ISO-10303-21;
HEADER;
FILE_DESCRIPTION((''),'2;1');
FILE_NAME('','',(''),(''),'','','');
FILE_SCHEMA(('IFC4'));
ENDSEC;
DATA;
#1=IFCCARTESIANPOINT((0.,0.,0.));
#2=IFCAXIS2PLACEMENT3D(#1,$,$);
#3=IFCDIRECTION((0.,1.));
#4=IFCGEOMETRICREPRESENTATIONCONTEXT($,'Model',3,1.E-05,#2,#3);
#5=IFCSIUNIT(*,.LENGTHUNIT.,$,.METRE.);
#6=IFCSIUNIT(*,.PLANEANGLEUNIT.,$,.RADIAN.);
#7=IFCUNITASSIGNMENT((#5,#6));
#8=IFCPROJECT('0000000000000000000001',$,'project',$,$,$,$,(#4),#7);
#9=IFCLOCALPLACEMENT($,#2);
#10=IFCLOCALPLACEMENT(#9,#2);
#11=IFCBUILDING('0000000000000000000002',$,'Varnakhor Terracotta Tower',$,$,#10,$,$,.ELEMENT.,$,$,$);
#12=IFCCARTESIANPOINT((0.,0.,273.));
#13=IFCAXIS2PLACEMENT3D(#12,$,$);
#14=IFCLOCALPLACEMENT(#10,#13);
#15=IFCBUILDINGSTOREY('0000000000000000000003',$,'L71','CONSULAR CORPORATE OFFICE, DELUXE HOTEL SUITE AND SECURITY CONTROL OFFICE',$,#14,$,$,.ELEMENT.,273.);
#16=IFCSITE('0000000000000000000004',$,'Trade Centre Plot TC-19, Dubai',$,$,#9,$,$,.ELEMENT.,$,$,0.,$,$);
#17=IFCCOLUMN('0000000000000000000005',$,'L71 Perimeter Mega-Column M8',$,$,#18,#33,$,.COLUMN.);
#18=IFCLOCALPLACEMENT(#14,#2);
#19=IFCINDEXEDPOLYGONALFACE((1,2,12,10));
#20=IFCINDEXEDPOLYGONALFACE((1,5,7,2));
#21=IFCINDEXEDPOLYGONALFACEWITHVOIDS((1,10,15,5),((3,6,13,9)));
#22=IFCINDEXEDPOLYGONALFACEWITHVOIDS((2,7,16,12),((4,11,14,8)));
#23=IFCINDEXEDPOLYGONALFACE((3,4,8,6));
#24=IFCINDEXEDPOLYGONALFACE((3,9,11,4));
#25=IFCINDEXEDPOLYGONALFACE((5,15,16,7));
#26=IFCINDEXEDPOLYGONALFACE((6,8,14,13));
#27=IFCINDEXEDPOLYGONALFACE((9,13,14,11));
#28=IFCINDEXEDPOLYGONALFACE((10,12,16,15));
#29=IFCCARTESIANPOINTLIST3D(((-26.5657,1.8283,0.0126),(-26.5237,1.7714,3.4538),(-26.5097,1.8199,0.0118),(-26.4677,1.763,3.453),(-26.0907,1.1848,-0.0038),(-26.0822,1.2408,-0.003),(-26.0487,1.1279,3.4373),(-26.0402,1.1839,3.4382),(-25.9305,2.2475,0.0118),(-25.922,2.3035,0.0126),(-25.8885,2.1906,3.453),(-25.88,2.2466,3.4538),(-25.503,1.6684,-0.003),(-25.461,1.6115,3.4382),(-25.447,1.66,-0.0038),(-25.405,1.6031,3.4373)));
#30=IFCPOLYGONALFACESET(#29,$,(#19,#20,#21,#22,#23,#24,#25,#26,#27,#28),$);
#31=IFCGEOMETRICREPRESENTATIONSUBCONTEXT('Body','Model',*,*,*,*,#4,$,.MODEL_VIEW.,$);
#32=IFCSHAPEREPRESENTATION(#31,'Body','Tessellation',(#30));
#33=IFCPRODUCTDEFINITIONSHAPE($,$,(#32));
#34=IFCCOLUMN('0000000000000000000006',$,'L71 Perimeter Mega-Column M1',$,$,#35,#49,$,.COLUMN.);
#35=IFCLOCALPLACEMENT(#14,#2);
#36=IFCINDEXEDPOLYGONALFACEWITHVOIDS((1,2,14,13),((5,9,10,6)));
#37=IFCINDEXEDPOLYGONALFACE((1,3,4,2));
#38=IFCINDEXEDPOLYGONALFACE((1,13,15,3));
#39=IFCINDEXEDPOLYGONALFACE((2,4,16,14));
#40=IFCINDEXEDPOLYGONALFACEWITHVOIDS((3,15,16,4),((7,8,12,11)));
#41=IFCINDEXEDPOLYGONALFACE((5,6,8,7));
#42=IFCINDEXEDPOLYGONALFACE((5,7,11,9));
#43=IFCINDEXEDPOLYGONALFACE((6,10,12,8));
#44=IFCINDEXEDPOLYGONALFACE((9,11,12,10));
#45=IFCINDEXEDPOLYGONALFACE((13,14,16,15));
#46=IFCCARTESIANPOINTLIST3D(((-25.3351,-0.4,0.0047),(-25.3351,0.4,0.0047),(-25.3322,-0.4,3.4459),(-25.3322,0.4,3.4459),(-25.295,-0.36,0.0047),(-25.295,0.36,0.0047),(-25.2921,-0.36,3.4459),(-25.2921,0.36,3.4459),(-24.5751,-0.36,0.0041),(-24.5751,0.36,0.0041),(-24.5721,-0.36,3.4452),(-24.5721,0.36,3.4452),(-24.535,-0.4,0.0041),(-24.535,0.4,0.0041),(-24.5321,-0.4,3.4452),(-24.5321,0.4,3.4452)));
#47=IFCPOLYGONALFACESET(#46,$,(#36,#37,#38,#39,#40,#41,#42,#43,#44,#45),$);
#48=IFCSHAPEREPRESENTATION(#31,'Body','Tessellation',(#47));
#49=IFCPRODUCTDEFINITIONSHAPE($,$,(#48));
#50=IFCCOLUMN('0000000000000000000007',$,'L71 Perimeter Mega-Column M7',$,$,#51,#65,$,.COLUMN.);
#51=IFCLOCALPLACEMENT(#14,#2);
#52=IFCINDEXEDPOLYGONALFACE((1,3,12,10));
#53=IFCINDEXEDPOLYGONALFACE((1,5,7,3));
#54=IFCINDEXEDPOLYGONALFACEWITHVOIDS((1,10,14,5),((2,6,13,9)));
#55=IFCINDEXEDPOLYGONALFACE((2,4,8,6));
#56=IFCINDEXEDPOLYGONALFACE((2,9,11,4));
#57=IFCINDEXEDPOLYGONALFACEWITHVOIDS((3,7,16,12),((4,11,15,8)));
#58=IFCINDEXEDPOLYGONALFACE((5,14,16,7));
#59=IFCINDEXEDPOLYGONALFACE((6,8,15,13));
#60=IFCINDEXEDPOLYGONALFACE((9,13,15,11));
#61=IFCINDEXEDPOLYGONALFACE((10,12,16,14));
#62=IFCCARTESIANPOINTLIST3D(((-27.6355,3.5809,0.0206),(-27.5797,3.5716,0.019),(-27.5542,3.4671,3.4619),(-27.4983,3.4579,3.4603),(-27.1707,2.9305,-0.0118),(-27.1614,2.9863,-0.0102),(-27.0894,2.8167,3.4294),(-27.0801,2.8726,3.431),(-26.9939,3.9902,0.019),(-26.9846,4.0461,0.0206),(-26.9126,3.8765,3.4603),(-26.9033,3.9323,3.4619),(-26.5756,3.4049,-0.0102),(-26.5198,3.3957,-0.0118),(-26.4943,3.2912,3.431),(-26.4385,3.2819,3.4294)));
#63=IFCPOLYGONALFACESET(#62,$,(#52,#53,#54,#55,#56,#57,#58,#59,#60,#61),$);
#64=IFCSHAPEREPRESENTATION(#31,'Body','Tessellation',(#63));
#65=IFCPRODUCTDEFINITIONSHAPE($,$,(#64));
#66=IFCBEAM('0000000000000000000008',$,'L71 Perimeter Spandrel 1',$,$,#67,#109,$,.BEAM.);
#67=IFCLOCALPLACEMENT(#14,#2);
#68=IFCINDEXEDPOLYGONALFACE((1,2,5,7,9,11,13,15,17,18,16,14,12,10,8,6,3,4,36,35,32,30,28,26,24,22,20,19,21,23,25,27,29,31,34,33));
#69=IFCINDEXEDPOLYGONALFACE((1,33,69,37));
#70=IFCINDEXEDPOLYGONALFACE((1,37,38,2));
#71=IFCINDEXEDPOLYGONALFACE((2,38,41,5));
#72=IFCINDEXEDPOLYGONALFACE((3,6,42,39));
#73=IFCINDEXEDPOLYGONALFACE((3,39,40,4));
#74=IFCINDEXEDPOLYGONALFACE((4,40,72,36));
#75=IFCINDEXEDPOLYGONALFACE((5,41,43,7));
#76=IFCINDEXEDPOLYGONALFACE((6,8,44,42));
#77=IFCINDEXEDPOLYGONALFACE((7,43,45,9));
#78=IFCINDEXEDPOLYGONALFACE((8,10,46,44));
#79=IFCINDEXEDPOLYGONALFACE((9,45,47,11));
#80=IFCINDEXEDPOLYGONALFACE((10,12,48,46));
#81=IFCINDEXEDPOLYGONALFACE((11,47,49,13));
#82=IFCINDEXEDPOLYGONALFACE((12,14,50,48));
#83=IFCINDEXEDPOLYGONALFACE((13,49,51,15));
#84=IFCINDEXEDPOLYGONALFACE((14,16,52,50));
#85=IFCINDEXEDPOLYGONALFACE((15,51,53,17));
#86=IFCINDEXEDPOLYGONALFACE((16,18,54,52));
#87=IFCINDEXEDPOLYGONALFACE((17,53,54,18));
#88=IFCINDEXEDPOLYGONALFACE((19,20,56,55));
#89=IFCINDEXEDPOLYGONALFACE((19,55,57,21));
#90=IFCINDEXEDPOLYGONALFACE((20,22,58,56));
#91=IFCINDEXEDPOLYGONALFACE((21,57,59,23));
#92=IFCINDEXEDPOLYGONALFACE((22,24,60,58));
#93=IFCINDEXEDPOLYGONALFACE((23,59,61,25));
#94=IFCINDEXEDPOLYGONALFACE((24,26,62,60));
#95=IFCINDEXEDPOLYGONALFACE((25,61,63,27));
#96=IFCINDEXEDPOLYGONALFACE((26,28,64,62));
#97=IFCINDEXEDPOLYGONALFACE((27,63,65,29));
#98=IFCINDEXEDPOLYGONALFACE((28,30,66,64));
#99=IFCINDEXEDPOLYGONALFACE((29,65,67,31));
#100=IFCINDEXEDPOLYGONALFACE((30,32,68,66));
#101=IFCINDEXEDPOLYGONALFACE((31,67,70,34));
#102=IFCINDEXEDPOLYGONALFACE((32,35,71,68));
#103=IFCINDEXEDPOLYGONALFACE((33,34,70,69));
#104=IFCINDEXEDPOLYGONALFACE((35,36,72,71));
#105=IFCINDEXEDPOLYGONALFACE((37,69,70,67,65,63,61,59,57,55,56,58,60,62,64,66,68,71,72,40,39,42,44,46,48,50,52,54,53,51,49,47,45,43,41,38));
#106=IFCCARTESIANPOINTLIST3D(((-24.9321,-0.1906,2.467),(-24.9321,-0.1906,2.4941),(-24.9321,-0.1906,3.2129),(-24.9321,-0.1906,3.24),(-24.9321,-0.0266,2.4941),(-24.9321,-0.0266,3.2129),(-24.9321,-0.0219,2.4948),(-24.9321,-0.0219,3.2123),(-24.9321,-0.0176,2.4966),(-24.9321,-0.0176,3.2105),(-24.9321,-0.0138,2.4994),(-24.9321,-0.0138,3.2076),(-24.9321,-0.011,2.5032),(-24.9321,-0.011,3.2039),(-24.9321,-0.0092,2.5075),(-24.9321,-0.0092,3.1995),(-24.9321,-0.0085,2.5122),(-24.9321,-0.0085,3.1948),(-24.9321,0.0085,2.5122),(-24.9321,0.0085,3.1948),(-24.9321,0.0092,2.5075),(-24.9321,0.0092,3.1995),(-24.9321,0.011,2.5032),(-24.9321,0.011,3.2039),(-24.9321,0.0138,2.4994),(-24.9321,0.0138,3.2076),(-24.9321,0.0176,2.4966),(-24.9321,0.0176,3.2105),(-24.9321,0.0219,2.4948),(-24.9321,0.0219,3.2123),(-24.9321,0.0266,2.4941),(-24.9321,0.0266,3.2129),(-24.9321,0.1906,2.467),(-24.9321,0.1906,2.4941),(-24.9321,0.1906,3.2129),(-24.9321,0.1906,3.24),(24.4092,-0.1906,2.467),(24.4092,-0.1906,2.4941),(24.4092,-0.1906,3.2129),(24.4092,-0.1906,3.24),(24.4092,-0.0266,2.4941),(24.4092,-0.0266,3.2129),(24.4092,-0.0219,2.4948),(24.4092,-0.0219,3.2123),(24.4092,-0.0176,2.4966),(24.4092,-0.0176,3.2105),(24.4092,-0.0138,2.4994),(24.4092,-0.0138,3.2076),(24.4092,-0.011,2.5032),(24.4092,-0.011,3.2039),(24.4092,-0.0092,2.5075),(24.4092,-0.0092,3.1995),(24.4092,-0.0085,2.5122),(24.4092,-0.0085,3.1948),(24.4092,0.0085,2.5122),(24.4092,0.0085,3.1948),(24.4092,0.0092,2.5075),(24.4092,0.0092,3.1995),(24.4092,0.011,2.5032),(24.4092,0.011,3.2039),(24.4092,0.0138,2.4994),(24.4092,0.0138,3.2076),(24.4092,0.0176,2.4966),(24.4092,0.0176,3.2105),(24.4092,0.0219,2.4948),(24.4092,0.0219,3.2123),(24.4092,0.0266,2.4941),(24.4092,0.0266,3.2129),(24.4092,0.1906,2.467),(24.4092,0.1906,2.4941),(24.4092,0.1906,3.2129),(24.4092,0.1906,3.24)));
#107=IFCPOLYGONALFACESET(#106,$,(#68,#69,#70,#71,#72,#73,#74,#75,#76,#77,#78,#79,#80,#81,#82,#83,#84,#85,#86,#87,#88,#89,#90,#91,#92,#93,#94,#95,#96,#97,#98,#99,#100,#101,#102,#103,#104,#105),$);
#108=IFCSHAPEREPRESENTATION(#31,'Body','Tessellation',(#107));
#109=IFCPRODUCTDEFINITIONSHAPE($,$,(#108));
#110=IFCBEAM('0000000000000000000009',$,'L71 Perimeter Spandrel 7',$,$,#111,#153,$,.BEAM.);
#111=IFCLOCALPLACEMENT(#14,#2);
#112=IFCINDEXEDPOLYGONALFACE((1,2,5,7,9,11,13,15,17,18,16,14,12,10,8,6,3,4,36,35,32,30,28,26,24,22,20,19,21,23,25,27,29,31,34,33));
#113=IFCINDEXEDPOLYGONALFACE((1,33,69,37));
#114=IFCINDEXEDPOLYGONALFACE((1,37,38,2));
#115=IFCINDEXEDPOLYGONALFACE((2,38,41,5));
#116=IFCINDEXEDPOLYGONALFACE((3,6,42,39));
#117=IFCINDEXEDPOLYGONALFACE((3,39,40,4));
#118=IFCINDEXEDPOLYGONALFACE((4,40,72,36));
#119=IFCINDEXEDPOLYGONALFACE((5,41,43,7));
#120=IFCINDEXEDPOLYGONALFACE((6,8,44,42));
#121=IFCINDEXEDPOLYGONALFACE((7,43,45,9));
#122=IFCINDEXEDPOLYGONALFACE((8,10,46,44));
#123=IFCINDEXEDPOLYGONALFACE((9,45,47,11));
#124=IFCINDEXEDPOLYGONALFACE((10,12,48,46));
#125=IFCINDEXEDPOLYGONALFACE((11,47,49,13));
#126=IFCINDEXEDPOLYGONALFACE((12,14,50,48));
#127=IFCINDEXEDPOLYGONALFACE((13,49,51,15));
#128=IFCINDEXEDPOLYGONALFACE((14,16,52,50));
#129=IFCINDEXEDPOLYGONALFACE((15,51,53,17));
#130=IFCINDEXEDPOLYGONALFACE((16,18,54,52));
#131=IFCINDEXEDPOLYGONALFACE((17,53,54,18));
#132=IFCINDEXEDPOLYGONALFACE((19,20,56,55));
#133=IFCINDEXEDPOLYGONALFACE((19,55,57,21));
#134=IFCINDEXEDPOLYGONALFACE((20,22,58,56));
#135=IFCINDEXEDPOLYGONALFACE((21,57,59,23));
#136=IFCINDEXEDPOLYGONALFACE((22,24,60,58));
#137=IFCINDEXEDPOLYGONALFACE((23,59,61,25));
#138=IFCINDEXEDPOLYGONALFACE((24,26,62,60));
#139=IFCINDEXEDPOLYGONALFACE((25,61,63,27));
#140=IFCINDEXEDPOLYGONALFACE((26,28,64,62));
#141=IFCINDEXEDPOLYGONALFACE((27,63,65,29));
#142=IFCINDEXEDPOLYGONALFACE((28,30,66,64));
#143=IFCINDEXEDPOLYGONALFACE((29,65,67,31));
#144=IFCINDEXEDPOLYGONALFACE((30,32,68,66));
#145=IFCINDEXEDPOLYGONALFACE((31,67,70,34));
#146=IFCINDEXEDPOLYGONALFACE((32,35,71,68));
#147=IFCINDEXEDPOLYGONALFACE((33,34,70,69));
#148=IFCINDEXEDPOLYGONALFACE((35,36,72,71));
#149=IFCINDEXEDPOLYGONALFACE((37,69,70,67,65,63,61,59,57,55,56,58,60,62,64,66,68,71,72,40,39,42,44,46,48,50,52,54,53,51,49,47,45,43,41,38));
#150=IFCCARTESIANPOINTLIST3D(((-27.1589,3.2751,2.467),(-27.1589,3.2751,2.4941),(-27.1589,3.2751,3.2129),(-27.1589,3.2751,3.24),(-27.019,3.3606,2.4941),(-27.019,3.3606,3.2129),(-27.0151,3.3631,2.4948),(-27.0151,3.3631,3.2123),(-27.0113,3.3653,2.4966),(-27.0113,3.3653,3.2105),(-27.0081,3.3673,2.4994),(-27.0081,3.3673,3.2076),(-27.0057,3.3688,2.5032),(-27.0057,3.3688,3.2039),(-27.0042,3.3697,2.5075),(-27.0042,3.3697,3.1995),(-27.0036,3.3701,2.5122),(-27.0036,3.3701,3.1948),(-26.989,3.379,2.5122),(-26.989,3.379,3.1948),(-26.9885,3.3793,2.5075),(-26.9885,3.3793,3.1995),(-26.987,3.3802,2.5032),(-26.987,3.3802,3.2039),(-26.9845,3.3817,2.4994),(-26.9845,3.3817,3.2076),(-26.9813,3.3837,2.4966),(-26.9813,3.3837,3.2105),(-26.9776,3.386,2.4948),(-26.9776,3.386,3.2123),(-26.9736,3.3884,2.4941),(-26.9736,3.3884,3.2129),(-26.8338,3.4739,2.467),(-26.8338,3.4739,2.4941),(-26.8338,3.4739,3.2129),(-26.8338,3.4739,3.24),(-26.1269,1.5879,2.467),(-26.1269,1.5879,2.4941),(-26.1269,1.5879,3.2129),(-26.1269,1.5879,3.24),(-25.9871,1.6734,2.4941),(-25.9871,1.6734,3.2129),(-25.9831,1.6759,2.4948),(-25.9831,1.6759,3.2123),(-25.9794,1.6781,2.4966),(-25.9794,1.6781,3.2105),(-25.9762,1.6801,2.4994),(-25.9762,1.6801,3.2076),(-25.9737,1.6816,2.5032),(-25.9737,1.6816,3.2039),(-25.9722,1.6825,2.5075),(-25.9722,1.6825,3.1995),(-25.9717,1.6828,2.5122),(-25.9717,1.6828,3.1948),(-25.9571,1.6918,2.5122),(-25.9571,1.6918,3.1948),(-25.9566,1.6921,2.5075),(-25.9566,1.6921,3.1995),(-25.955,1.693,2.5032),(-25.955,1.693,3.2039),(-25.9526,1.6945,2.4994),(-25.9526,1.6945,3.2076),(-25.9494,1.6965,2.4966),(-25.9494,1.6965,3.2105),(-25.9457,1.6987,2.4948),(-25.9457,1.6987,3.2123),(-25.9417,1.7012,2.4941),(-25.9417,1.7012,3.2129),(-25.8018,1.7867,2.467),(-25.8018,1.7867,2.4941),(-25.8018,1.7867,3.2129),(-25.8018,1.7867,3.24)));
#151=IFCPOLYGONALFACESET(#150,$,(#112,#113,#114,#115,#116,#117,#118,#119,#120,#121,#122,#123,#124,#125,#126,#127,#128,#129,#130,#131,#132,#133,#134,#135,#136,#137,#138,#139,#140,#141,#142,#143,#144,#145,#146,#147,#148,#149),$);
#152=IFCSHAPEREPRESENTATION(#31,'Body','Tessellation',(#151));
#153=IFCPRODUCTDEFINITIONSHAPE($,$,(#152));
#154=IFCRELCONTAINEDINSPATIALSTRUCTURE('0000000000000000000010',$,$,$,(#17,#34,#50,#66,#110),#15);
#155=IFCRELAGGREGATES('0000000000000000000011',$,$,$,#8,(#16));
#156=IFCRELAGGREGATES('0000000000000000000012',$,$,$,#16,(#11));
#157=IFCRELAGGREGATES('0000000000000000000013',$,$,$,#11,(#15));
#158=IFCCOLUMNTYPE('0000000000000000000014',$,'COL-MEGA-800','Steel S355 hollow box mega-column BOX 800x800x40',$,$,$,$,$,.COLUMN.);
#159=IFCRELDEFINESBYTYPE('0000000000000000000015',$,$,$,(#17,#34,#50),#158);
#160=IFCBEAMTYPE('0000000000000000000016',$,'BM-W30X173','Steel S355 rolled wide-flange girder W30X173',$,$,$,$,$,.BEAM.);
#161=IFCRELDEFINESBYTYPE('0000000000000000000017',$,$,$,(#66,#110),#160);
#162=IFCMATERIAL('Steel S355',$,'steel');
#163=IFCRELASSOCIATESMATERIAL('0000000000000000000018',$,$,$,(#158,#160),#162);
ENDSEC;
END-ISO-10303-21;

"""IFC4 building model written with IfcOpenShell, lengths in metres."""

from ifc_helpers import new_model, si_unit, direction, frame, origin, origin_2d, place, context, subcontext, project, spatial, hollow_rectangle, i_section, extrude, source, transform, mapped, material, material_profile, profile_set, type_object, element, save


model = new_model("IFC4")

# Units and contexts
model_context = context("Model", 3, precision=1e-05, world=origin(), true_north=direction((0.0, 1.0)))
body_context = subcontext(model_context, "Body", "Model", "MODEL_VIEW")
ifc_project = project(units=[si_unit("LENGTHUNIT", "METRE"), si_unit("PLANEANGLEUNIT", "RADIAN")], contexts=[model_context])

# Site, building, storey
site_placement = place(None, origin())
site = spatial("IfcSite", under=ifc_project, at=site_placement, Name="Trade Centre Plot TC-19, Dubai", CompositionType="ELEMENT", RefElevation=0.0)
building_placement = place(site_placement, origin())
building = spatial("IfcBuilding", under=site, at=building_placement, Name="Varnakhor Terracotta Tower", CompositionType="ELEMENT")
storey_placement = place(building_placement, frame((0.0, 0.0, 273.0)))
storey = spatial("IfcBuildingStorey", under=building, at=storey_placement, Name="L71", Description="CONSULAR CORPORATE OFFICE, DELUXE HOTEL SUITE AND SECURITY CONTROL OFFICE", CompositionType="ELEMENT", Elevation=273.0)

# Columns
ifc_material_1 = material(Name="Steel S355", Category="steel")
ifc_material_profile_1 = material_profile(ifc_material_1, hollow_rectangle(XDim=0.8, YDim=0.8, WallThickness=0.04, at=origin_2d()), Name="BOX 800x800x40")
ifc_profile_set_1 = profile_set([ifc_material_profile_1], Name="Steel S355")
column_type = type_object("IfcColumnType", Name="COL-MEGA-800", Description="Steel S355 hollow box mega-column BOX 800x800x40", PredefinedType="COLUMN", material=ifc_profile_set_1)
shared_shape_1 = source(origin(), body_context, "Body", "SweptSolid", [
    extrude(hollow_rectangle(XDim=0.8, YDim=0.8, WallThickness=0.04, at=origin_2d()), origin(), (0.0, 0.0, 1.0), 3.4419),
])
column_1_placement = place(storey_placement, frame((-26.0063, 1.7441, 0.0044), z_axis=(0.0122, -0.016527, 0.999789), x_axis=(0.804535, 0.593906, 0.0)))
element("IfcColumn", 1, at=column_1_placement, inside=storey, type_object=column_type, Name="L71 Perimeter Mega-Column M8", PredefinedType="COLUMN", context=body_context, shape_type="MappedRepresentation", body=[
    mapped(shared_shape_1, transform((0.0, 0.0, 0.0), scale=1.0)),
])
shared_shape_2 = source(origin(), body_context, "Body", "SweptSolid", [
    extrude(hollow_rectangle(XDim=0.8, YDim=0.8, WallThickness=0.04, at=origin_2d()), origin(), (0.0, 0.0, 1.0), 3.4412),
])
column_2_placement = place(storey_placement, frame((-24.9351, 0.0, 0.0044), z_axis=(0.000851, 0.0, 1.0), x_axis=(1.0, 0.0, 0.0)))
element("IfcColumn", 2, at=column_2_placement, inside=storey, type_object=column_type, Name="L71 Perimeter Mega-Column M1", PredefinedType="COLUMN", context=body_context, shape_type="MappedRepresentation", body=[
    mapped(shared_shape_2, transform((0.0, 0.0, 0.0), scale=1.0)),
])
shared_shape_3 = source(origin(), body_context, "Body", "SweptSolid", [
    extrude(hollow_rectangle(XDim=0.8, YDim=0.8, WallThickness=0.04, at=origin_2d()), origin(), (0.0, 0.0, 1.0), 3.4441),
])
column_3_placement = place(storey_placement, frame((-27.0776, 3.4883, 0.0044), z_axis=(0.023606, -0.033034, 0.999175), x_axis=(0.813615, 0.581403, 0.0)))
element("IfcColumn", 3, at=column_3_placement, inside=storey, type_object=column_type, Name="L71 Perimeter Mega-Column M7", PredefinedType="COLUMN", context=body_context, shape_type="MappedRepresentation", body=[
    mapped(shared_shape_3, transform((0.0, 0.0, 0.0), scale=1.0)),
])

# Beams
ifc_material_profile_2 = material_profile(ifc_material_1, i_section(OverallWidth=0.3811, OverallDepth=0.7729, WebThickness=0.0171, FlangeThickness=0.0271, FilletRadius=0.0181, at=origin_2d()), Name="W30X173")
ifc_profile_set_2 = profile_set([ifc_material_profile_2], Name="Steel S355")
beam_type_1 = type_object("IfcBeamType", Name="BM-W30X173", Description="Steel S355 rolled wide-flange girder W30X173", PredefinedType="BEAM", material=ifc_profile_set_2)
shared_shape_4 = source(origin(), body_context, "Body", "SweptSolid", [
    extrude(i_section(OverallWidth=0.3811, OverallDepth=0.7729, WebThickness=0.0171, FlangeThickness=0.0271, FilletRadius=0.0181, at=origin_2d()), origin(), (0.0, 0.0, 1.0), 49.3413),
])
beam_1_placement = place(storey_placement, frame((-24.9321, 0.0, 2.8535), z_axis=(1.0, 0.0, 0.0), x_axis=(0.0, 1.0, 0.0)))
element("IfcBeam", 4, at=beam_1_placement, inside=storey, type_object=beam_type_1, Name="L71 Perimeter Spandrel 1", PredefinedType="BEAM", context=body_context, shape_type="MappedRepresentation", body=[
    mapped(shared_shape_4, transform((0.0, 0.0, 0.0), scale=1.0)),
])
shared_shape_5 = source(origin(), body_context, "Body", "SweptSolid", [
    extrude(i_section(OverallWidth=0.3811, OverallDepth=0.7729, WebThickness=0.0171, FlangeThickness=0.0271, FilletRadius=0.0181, at=origin_2d()), origin(), (0.0, 0.0, 1.0), 1.9778),
])
beam_2_placement = place(storey_placement, frame((-26.9963, 3.3745, 2.8535), z_axis=(0.521775, -0.853083, 0.0), x_axis=(0.853083, 0.521775, 0.0)))
element("IfcBeam", 5, at=beam_2_placement, inside=storey, type_object=beam_type_1, Name="L71 Perimeter Spandrel 7", PredefinedType="BEAM", context=body_context, shape_type="MappedRepresentation", body=[
    mapped(shared_shape_5, transform((0.0, 0.0, 0.0), scale=1.0)),
])

save(model, "model.ifc")
